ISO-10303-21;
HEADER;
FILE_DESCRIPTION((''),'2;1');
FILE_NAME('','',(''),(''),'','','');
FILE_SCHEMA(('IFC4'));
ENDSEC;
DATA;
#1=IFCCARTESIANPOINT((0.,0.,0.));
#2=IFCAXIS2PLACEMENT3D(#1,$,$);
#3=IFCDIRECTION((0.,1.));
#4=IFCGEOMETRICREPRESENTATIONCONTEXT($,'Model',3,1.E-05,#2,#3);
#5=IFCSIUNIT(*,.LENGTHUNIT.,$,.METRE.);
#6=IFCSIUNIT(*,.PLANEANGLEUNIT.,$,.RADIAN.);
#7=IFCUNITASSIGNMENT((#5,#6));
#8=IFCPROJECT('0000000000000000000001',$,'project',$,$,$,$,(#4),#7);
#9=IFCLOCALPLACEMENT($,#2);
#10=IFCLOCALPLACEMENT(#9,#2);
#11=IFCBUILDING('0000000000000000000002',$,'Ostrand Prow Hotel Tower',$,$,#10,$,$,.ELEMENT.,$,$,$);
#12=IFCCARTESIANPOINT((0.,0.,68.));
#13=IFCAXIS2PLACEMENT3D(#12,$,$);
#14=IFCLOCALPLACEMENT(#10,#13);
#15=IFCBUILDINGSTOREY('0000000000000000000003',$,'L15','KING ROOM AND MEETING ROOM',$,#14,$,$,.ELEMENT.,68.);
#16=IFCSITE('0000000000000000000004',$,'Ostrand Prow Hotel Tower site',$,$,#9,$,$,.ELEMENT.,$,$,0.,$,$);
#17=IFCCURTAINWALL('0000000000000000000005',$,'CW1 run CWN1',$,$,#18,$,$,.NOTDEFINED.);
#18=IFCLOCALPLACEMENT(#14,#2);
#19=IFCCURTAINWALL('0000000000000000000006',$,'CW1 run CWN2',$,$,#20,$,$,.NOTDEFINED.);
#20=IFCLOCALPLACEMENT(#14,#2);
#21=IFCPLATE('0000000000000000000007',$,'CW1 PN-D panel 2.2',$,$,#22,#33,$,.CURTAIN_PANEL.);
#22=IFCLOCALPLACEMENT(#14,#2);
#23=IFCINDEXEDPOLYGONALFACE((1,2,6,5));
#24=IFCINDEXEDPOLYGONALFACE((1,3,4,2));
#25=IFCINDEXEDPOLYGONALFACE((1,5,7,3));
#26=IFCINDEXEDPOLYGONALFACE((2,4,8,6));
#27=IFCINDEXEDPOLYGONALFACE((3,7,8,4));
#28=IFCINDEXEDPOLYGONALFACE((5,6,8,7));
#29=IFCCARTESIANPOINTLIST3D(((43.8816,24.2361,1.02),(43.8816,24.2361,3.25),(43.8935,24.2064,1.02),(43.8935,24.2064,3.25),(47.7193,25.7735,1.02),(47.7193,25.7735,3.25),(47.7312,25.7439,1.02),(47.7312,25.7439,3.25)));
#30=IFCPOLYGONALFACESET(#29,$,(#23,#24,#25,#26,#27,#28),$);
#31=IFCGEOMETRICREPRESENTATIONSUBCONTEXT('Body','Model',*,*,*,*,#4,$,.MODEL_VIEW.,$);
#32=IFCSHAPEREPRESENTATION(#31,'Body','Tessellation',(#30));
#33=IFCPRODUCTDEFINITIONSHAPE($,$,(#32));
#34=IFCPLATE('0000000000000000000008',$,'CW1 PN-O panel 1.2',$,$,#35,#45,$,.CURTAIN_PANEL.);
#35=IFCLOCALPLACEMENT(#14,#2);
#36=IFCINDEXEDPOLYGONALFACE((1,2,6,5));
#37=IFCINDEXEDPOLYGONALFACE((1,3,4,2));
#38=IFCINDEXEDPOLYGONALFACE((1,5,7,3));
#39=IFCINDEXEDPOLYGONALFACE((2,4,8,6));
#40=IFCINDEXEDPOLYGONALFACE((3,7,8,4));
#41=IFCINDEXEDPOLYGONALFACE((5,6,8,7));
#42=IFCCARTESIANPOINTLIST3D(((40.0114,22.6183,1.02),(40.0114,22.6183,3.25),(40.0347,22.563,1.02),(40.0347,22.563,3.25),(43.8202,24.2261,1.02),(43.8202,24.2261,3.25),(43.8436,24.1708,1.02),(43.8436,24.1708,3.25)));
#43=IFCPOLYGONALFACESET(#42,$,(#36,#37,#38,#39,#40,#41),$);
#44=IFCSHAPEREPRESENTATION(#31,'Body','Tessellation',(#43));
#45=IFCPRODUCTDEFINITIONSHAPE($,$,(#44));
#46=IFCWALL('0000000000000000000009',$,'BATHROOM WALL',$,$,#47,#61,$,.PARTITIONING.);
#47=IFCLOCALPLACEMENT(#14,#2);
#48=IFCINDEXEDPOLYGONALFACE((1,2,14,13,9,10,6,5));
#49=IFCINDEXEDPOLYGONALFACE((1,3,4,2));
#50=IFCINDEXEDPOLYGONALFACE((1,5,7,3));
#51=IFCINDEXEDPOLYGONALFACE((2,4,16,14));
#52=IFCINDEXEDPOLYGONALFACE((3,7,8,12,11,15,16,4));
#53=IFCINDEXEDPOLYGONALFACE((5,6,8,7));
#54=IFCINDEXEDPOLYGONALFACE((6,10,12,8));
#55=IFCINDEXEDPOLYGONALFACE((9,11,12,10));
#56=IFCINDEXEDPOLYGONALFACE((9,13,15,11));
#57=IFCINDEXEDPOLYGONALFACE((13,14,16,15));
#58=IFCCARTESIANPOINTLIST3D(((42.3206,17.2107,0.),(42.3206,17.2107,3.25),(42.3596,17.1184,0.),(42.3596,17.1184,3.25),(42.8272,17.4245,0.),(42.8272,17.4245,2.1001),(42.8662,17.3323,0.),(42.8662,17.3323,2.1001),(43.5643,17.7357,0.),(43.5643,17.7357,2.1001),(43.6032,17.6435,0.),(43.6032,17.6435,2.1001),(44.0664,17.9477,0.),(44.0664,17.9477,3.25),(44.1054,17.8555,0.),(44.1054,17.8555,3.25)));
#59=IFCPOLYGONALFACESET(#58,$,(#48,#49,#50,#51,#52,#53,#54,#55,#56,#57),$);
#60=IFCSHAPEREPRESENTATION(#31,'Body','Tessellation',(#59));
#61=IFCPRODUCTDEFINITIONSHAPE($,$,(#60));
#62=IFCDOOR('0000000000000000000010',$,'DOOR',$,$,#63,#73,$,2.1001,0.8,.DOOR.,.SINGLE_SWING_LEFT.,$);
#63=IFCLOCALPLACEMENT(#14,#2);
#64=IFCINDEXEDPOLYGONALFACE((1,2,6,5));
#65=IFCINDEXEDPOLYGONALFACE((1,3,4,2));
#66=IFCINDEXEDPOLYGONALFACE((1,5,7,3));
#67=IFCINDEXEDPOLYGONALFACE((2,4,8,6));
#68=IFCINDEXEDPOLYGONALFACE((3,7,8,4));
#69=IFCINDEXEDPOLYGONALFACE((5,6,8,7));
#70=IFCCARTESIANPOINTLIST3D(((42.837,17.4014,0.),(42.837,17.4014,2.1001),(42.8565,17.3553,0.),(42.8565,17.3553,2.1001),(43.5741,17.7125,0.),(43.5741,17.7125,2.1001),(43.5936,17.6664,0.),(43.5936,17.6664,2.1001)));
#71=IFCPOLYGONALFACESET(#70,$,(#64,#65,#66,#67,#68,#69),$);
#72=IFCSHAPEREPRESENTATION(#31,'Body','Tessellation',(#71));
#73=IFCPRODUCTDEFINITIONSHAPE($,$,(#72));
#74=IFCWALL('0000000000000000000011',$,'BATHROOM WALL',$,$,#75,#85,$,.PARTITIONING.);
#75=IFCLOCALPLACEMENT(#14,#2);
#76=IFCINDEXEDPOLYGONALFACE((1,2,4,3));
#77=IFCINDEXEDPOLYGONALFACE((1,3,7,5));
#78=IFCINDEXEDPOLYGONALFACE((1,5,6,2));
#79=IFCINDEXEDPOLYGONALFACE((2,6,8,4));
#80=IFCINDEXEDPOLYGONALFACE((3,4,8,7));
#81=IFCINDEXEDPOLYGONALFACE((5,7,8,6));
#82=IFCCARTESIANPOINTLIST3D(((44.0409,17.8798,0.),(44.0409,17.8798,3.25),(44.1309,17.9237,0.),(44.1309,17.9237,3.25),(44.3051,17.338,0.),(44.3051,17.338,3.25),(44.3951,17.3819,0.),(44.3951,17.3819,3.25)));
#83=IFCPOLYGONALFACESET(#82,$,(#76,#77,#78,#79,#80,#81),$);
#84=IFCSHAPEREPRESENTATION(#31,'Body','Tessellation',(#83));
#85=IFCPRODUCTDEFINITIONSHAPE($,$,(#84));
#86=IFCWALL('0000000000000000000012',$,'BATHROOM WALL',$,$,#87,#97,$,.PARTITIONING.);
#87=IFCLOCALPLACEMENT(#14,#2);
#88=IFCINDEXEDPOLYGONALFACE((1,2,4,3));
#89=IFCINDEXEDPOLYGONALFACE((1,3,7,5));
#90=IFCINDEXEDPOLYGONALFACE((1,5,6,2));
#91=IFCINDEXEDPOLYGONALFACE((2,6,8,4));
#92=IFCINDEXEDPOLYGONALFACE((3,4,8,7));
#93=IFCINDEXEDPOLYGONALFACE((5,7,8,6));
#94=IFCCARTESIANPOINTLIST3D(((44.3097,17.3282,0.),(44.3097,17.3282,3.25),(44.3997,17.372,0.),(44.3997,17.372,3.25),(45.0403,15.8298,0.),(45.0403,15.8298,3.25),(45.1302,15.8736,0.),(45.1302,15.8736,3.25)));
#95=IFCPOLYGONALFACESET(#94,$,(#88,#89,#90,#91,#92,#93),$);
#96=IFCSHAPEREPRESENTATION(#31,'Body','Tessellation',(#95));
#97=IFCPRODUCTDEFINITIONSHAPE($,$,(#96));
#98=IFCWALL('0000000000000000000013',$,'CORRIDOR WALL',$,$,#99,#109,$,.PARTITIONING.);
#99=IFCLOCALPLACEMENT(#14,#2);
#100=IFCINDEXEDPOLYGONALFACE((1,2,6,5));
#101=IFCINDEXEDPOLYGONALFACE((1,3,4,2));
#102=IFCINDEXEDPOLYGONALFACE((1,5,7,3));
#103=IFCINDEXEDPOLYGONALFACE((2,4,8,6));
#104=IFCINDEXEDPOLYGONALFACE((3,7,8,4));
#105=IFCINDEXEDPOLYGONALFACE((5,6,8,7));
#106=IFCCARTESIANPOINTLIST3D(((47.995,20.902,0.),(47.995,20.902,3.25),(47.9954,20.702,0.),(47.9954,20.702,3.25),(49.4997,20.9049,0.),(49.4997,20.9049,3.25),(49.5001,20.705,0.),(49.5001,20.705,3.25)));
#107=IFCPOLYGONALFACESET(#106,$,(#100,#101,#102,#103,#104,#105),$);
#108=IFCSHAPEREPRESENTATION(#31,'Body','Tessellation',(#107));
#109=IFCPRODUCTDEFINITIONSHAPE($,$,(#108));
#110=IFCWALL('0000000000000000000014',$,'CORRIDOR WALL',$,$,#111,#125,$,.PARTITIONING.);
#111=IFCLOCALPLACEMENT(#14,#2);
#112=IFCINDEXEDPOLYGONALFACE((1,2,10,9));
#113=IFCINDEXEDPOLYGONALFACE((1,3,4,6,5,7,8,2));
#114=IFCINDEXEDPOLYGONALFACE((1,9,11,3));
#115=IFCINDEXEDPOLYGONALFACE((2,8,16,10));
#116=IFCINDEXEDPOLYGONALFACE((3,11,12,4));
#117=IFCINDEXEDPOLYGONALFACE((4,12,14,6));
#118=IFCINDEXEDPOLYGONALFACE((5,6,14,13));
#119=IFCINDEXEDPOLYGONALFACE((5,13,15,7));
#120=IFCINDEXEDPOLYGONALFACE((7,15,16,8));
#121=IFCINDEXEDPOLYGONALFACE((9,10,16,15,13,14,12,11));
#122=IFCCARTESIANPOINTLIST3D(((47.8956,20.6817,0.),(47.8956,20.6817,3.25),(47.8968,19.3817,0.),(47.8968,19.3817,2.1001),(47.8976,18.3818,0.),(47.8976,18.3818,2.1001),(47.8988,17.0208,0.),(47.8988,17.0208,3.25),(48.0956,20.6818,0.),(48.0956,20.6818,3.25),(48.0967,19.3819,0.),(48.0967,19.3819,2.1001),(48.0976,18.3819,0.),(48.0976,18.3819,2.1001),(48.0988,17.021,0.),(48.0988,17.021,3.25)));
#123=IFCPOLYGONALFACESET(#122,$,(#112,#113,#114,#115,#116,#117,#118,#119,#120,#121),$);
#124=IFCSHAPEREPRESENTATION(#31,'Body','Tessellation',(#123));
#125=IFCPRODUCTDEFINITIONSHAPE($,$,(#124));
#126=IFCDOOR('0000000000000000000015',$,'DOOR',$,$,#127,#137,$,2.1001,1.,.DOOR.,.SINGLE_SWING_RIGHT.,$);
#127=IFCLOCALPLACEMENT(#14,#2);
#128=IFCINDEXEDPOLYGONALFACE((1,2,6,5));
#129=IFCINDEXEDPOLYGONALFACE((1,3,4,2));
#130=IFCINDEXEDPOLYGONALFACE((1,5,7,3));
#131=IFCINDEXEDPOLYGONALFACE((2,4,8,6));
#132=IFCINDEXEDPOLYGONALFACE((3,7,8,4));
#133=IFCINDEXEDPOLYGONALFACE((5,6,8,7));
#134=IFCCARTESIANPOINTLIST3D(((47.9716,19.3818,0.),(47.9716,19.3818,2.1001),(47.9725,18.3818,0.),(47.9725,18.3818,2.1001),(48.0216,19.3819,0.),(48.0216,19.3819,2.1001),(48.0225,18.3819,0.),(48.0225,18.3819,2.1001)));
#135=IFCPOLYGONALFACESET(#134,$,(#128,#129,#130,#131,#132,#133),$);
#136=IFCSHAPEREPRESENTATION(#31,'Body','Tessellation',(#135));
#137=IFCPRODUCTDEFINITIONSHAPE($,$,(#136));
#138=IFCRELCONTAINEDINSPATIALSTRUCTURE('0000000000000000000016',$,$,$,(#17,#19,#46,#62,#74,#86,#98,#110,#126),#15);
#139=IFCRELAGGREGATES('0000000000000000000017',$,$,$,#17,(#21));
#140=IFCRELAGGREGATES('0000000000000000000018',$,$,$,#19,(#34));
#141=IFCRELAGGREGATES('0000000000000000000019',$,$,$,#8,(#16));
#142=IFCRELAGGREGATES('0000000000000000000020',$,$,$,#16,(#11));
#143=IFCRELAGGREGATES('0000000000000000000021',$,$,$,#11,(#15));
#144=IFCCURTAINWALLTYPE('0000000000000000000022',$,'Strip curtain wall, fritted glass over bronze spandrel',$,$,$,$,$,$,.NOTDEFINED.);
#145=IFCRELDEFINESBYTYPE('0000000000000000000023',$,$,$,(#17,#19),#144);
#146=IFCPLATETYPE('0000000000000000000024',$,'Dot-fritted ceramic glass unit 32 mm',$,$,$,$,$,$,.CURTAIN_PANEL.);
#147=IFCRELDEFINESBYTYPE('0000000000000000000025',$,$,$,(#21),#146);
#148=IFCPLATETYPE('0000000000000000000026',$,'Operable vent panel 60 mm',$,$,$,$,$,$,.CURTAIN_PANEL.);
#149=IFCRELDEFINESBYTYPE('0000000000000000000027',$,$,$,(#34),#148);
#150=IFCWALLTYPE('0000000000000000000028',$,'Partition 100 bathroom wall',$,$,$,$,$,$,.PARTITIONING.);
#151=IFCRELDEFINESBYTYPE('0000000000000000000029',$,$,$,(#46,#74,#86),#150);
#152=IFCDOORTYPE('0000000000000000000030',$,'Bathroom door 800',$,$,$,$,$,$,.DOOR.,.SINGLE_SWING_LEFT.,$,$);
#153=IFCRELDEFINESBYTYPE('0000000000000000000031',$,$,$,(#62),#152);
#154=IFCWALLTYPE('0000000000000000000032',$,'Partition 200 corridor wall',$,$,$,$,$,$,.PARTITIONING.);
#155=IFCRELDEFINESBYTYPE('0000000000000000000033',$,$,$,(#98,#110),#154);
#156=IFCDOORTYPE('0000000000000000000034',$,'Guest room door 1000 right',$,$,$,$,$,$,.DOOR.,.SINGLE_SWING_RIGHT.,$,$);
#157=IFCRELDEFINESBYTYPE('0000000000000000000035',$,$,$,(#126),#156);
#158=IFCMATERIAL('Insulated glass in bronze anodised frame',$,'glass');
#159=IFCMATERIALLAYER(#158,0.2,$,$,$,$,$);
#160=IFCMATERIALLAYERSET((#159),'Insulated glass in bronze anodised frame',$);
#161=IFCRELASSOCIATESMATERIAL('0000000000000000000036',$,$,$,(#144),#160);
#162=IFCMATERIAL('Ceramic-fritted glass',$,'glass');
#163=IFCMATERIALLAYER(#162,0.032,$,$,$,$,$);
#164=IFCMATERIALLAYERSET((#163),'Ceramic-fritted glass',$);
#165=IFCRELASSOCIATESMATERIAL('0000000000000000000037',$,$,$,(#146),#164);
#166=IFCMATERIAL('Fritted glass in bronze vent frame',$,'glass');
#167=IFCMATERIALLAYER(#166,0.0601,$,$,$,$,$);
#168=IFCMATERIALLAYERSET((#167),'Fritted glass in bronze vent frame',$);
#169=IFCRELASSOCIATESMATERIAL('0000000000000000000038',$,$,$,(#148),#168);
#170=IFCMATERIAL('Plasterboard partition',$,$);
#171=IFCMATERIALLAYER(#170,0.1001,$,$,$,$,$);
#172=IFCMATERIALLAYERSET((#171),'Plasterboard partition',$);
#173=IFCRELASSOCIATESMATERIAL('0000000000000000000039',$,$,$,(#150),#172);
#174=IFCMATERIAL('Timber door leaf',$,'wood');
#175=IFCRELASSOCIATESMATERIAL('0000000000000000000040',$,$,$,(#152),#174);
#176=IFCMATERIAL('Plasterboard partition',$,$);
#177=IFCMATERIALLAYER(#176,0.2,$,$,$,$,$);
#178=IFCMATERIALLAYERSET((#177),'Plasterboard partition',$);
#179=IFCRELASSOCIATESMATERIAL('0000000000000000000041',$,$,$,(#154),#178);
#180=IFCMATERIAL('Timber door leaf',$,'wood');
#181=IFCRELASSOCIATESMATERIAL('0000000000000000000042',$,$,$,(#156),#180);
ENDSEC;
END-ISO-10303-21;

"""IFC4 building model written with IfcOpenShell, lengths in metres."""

from ifc_helpers import new_model, si_unit, direction, frame, frame_2d, origin, origin_2d, place, context, subcontext, project, spatial, rectangle, extrude, material, layer, layer_set, type_object, element, fill, aggregate, save


model = new_model("IFC4")

# Units and contexts
model_context = context("Model", 3, precision=1e-05, world=origin(), true_north=direction((0.0, 1.0)))
body_context = subcontext(model_context, "Body", "Model", "MODEL_VIEW")
ifc_project = project(units=[si_unit("LENGTHUNIT", "METRE"), si_unit("PLANEANGLEUNIT", "RADIAN")], contexts=[model_context])

# Site, building, storey
site_placement = place(None, origin())
site = spatial("IfcSite", under=ifc_project, at=site_placement, Name="Ostrand Prow Hotel Tower site", CompositionType="ELEMENT", RefElevation=0.0)
building_placement = place(site_placement, origin())
building = spatial("IfcBuilding", under=site, at=building_placement, Name="Ostrand Prow Hotel Tower", CompositionType="ELEMENT")
storey_placement = place(building_placement, frame((0.0, 0.0, 68.0)))
storey = spatial("IfcBuildingStorey", under=building, at=storey_placement, Name="L15", Description="KING ROOM AND MEETING ROOM", CompositionType="ELEMENT", Elevation=68.0)

# Curtain wall
ifc_material_1 = material(Name="Insulated glass in bronze anodised frame", Category="glass")
ifc_layer_1 = layer(ifc_material_1, 0.2)
ifc_layer_set_1 = layer_set([ifc_layer_1], Name="Insulated glass in bronze anodised frame")
curtain_wall_type = type_object("IfcCurtainWallType", Name="Strip curtain wall, fritted glass over bronze spandrel", PredefinedType="NOTDEFINED", material=ifc_layer_set_1)
curtain_wall_1_placement = place(storey_placement, origin())
curtain_wall_1 = element("IfcCurtainWall", 1, at=curtain_wall_1_placement, inside=storey, type_object=curtain_wall_type, Name="CW1 run CWN1", PredefinedType="NOTDEFINED")

# Curtain wall
curtain_wall_2_placement = place(storey_placement, origin())
curtain_wall_2 = element("IfcCurtainWall", 2, at=curtain_wall_2_placement, inside=storey, type_object=curtain_wall_type, Name="CW1 run CWN2", PredefinedType="NOTDEFINED")

# Plates
ifc_material_2 = material(Name="Ceramic-fritted glass", Category="glass")
ifc_layer_2 = layer(ifc_material_2, 0.032)
ifc_layer_set_2 = layer_set([ifc_layer_2], Name="Ceramic-fritted glass")
plate_type_1 = type_object("IfcPlateType", Name="Dot-fritted ceramic glass unit 32 mm", PredefinedType="CURTAIN_PANEL", material=ifc_layer_set_2)
plate_1_placement = place(storey_placement, frame((45.8064, 24.99, 1.02), z_axis=(0.0, 0.0, 1.0), x_axis=(-0.928283, -0.371873, 0.0)))
plate_1 = element("IfcPlate", 3, at=plate_1_placement, type_object=plate_type_1, Name="CW1 PN-D panel 2.2", PredefinedType="CURTAIN_PANEL", context=body_context, shape_type="SweptSolid", body=[
    extrude(rectangle(XDim=4.1343, YDim=0.032, at=origin_2d()), origin(), (0.0, 0.0, 1.0), 2.23),
])
aggregate(curtain_wall_1, [plate_1])
ifc_material_3 = material(Name="Fritted glass in bronze vent frame", Category="glass")
ifc_layer_3 = layer(ifc_material_3, 0.0601)
ifc_layer_set_3 = layer_set([ifc_layer_3], Name="Fritted glass in bronze vent frame")
plate_type_2 = type_object("IfcPlateType", Name="Operable vent panel 60 mm", PredefinedType="CURTAIN_PANEL", material=ifc_layer_set_3)
plate_2_placement = place(storey_placement, frame((41.9275, 23.3945, 1.02), z_axis=(0.0, 0.0, 1.0), x_axis=(-0.921283, -0.388892, 0.0)))
plate_2 = element("IfcPlate", 4, at=plate_2_placement, type_object=plate_type_2, Name="CW1 PN-O panel 1.2", PredefinedType="CURTAIN_PANEL", context=body_context, shape_type="SweptSolid", body=[
    extrude(rectangle(XDim=4.1343, YDim=0.0601, at=origin_2d()), origin(), (0.0, 0.0, 1.0), 2.23),
])
aggregate(curtain_wall_2, [plate_2])

# Wall, opening, door
ifc_material_4 = material(Name="Plasterboard partition")
ifc_layer_4 = layer(ifc_material_4, 0.1001)
ifc_layer_set_4 = layer_set([ifc_layer_4], Name="Plasterboard partition")
wall_type_1 = type_object("IfcWallType", Name="Partition 100 bathroom wall", PredefinedType="PARTITIONING", material=ifc_layer_set_4)
wall_1_placement = place(storey_placement, frame((42.3401, 17.1646, 0.0), z_axis=(0.0, 0.0, 1.0), x_axis=(0.921264, 0.388938, 0.0)))
wall_1 = element("IfcWall", 5, at=wall_1_placement, inside=storey, type_object=wall_type_1, Name="BATHROOM WALL", PredefinedType="PARTITIONING", context=body_context, shape_type="SweptSolid", body=[
    extrude(rectangle(XDim=1.895, YDim=0.1001, at=frame_2d((0.9475, 0.0))), origin(), (0.0, 0.0, 1.0), 3.25),
])
opening_1_placement = place(wall_1_placement, frame((0.55, 0.0, 0.0)))
opening_1 = element("IfcOpeningElement", 6, at=opening_1_placement, cuts=wall_1, PredefinedType="OPENING", context=body_context, shape_type="SweptSolid", body=[
    extrude(rectangle(XDim=0.8, YDim=2.1001, at=frame_2d((0.3999, 1.05))), frame((0.0, 0.0601, 0.0), z_axis=(0.0, -1.0, 0.0), x_axis=(1.0, 0.0, 0.0)), (0.0, 0.0, 1.0), 0.1201),
])
ifc_material_5 = material(Name="Timber door leaf", Category="wood")
door_type_1 = type_object("IfcDoorType", Name="Bathroom door 800", OperationType="SINGLE_SWING_LEFT", PredefinedType="DOOR", material=ifc_material_5)
door_1_placement = place(opening_1_placement, origin())
door_1 = element("IfcDoor", 7, at=door_1_placement, inside=storey, type_object=door_type_1, Name="DOOR", OperationType="SINGLE_SWING_LEFT", OverallHeight=2.1001, OverallWidth=0.8, PredefinedType="DOOR", context=body_context, shape_type="SweptSolid", body=[
    extrude(rectangle(XDim=0.8, YDim=2.1001, at=frame_2d((0.3999, 1.05))), frame((0.0, 0.0249, 0.0), z_axis=(0.0, -1.0, 0.0), x_axis=(1.0, 0.0, 0.0)), (0.0, 0.0, 1.0), 0.05),
])
fill(opening_1, door_1)

# Walls
wall_2_placement = place(storey_placement, frame((44.0859, 17.9016, 0.0), z_axis=(0.0, 0.0, 1.0), x_axis=(0.43828, -0.898839, 0.0)))
element("IfcWall", 8, at=wall_2_placement, inside=storey, type_object=wall_type_1, Name="BATHROOM WALL", PredefinedType="PARTITIONING", context=body_context, shape_type="SweptSolid", body=[
    extrude(rectangle(XDim=0.6028, YDim=0.1001, at=frame_2d((0.3013, 0.0))), origin(), (0.0, 0.0, 1.0), 3.25),
])
wall_3_placement = place(storey_placement, frame((44.3547, 17.3501, 0.0), z_axis=(0.0, 0.0, 1.0), x_axis=(0.438227, -0.898864, 0.0)))
element("IfcWall", 9, at=wall_3_placement, inside=storey, type_object=wall_type_1, Name="BATHROOM WALL", PredefinedType="PARTITIONING", context=body_context, shape_type="SweptSolid", body=[
    extrude(rectangle(XDim=1.667, YDim=0.1001, at=frame_2d((0.8335, 0.0))), origin(), (0.0, 0.0, 1.0), 3.25),
])
ifc_material_6 = material(Name="Plasterboard partition")
ifc_layer_5 = layer(ifc_material_6, 0.2)
ifc_layer_set_5 = layer_set([ifc_layer_5], Name="Plasterboard partition")
wall_type_2 = type_object("IfcWallType", Name="Partition 200 corridor wall", PredefinedType="PARTITIONING", material=ifc_layer_set_5)
wall_4_placement = place(storey_placement, frame((49.5, 20.8049, 0.0), z_axis=(0.0, 0.0, 1.0), x_axis=(-0.999998, -0.001947, 0.0)))
element("IfcWall", 10, at=wall_4_placement, inside=storey, type_object=wall_type_2, Name="CORRIDOR WALL", PredefinedType="PARTITIONING", context=body_context, shape_type="SweptSolid", body=[
    extrude(rectangle(XDim=1.5046, YDim=0.2, at=frame_2d((0.7524, 0.0))), origin(), (0.0, 0.0, 1.0), 3.25),
])

# Wall, opening, door
wall_5_placement = place(storey_placement, frame((47.9956, 20.6819, 0.0), z_axis=(0.0, 0.0, 1.0), x_axis=(0.000867, -1.0, 0.0)))
wall_5 = element("IfcWall", 11, at=wall_5_placement, inside=storey, type_object=wall_type_2, Name="CORRIDOR WALL", PredefinedType="PARTITIONING", context=body_context, shape_type="SweptSolid", body=[
    extrude(rectangle(XDim=3.6609, YDim=0.2, at=frame_2d((1.8306, 0.0))), origin(), (0.0, 0.0, 1.0), 3.25),
])
opening_2_placement = place(wall_5_placement, frame((1.3, 0.0, 0.0)))
opening_2 = element("IfcOpeningElement", 12, at=opening_2_placement, cuts=wall_5, PredefinedType="OPENING", context=body_context, shape_type="SweptSolid", body=[
    extrude(rectangle(XDim=1.0, YDim=2.1001, at=frame_2d((0.5, 1.05))), frame((0.0, 0.1099, 0.0), z_axis=(0.0, -1.0, 0.0), x_axis=(1.0, 0.0, 0.0)), (0.0, 0.0, 1.0), 0.22),
])
ifc_material_7 = material(Name="Timber door leaf", Category="wood")
door_type_2 = type_object("IfcDoorType", Name="Guest room door 1000 right", OperationType="SINGLE_SWING_RIGHT", PredefinedType="DOOR", material=ifc_material_7)
door_2_placement = place(opening_2_placement, origin())
door_2 = element("IfcDoor", 13, at=door_2_placement, inside=storey, type_object=door_type_2, Name="DOOR", OperationType="SINGLE_SWING_RIGHT", OverallHeight=2.1001, OverallWidth=1.0, PredefinedType="DOOR", context=body_context, shape_type="SweptSolid", body=[
    extrude(rectangle(XDim=1.0, YDim=2.1001, at=frame_2d((0.5, 1.05))), frame((0.0, 0.0249, 0.0), z_axis=(0.0, -1.0, 0.0), x_axis=(1.0, 0.0, 0.0)), (0.0, 0.0, 1.0), 0.05),
])
fill(opening_2, door_2)

save(model, "model.ifc")
